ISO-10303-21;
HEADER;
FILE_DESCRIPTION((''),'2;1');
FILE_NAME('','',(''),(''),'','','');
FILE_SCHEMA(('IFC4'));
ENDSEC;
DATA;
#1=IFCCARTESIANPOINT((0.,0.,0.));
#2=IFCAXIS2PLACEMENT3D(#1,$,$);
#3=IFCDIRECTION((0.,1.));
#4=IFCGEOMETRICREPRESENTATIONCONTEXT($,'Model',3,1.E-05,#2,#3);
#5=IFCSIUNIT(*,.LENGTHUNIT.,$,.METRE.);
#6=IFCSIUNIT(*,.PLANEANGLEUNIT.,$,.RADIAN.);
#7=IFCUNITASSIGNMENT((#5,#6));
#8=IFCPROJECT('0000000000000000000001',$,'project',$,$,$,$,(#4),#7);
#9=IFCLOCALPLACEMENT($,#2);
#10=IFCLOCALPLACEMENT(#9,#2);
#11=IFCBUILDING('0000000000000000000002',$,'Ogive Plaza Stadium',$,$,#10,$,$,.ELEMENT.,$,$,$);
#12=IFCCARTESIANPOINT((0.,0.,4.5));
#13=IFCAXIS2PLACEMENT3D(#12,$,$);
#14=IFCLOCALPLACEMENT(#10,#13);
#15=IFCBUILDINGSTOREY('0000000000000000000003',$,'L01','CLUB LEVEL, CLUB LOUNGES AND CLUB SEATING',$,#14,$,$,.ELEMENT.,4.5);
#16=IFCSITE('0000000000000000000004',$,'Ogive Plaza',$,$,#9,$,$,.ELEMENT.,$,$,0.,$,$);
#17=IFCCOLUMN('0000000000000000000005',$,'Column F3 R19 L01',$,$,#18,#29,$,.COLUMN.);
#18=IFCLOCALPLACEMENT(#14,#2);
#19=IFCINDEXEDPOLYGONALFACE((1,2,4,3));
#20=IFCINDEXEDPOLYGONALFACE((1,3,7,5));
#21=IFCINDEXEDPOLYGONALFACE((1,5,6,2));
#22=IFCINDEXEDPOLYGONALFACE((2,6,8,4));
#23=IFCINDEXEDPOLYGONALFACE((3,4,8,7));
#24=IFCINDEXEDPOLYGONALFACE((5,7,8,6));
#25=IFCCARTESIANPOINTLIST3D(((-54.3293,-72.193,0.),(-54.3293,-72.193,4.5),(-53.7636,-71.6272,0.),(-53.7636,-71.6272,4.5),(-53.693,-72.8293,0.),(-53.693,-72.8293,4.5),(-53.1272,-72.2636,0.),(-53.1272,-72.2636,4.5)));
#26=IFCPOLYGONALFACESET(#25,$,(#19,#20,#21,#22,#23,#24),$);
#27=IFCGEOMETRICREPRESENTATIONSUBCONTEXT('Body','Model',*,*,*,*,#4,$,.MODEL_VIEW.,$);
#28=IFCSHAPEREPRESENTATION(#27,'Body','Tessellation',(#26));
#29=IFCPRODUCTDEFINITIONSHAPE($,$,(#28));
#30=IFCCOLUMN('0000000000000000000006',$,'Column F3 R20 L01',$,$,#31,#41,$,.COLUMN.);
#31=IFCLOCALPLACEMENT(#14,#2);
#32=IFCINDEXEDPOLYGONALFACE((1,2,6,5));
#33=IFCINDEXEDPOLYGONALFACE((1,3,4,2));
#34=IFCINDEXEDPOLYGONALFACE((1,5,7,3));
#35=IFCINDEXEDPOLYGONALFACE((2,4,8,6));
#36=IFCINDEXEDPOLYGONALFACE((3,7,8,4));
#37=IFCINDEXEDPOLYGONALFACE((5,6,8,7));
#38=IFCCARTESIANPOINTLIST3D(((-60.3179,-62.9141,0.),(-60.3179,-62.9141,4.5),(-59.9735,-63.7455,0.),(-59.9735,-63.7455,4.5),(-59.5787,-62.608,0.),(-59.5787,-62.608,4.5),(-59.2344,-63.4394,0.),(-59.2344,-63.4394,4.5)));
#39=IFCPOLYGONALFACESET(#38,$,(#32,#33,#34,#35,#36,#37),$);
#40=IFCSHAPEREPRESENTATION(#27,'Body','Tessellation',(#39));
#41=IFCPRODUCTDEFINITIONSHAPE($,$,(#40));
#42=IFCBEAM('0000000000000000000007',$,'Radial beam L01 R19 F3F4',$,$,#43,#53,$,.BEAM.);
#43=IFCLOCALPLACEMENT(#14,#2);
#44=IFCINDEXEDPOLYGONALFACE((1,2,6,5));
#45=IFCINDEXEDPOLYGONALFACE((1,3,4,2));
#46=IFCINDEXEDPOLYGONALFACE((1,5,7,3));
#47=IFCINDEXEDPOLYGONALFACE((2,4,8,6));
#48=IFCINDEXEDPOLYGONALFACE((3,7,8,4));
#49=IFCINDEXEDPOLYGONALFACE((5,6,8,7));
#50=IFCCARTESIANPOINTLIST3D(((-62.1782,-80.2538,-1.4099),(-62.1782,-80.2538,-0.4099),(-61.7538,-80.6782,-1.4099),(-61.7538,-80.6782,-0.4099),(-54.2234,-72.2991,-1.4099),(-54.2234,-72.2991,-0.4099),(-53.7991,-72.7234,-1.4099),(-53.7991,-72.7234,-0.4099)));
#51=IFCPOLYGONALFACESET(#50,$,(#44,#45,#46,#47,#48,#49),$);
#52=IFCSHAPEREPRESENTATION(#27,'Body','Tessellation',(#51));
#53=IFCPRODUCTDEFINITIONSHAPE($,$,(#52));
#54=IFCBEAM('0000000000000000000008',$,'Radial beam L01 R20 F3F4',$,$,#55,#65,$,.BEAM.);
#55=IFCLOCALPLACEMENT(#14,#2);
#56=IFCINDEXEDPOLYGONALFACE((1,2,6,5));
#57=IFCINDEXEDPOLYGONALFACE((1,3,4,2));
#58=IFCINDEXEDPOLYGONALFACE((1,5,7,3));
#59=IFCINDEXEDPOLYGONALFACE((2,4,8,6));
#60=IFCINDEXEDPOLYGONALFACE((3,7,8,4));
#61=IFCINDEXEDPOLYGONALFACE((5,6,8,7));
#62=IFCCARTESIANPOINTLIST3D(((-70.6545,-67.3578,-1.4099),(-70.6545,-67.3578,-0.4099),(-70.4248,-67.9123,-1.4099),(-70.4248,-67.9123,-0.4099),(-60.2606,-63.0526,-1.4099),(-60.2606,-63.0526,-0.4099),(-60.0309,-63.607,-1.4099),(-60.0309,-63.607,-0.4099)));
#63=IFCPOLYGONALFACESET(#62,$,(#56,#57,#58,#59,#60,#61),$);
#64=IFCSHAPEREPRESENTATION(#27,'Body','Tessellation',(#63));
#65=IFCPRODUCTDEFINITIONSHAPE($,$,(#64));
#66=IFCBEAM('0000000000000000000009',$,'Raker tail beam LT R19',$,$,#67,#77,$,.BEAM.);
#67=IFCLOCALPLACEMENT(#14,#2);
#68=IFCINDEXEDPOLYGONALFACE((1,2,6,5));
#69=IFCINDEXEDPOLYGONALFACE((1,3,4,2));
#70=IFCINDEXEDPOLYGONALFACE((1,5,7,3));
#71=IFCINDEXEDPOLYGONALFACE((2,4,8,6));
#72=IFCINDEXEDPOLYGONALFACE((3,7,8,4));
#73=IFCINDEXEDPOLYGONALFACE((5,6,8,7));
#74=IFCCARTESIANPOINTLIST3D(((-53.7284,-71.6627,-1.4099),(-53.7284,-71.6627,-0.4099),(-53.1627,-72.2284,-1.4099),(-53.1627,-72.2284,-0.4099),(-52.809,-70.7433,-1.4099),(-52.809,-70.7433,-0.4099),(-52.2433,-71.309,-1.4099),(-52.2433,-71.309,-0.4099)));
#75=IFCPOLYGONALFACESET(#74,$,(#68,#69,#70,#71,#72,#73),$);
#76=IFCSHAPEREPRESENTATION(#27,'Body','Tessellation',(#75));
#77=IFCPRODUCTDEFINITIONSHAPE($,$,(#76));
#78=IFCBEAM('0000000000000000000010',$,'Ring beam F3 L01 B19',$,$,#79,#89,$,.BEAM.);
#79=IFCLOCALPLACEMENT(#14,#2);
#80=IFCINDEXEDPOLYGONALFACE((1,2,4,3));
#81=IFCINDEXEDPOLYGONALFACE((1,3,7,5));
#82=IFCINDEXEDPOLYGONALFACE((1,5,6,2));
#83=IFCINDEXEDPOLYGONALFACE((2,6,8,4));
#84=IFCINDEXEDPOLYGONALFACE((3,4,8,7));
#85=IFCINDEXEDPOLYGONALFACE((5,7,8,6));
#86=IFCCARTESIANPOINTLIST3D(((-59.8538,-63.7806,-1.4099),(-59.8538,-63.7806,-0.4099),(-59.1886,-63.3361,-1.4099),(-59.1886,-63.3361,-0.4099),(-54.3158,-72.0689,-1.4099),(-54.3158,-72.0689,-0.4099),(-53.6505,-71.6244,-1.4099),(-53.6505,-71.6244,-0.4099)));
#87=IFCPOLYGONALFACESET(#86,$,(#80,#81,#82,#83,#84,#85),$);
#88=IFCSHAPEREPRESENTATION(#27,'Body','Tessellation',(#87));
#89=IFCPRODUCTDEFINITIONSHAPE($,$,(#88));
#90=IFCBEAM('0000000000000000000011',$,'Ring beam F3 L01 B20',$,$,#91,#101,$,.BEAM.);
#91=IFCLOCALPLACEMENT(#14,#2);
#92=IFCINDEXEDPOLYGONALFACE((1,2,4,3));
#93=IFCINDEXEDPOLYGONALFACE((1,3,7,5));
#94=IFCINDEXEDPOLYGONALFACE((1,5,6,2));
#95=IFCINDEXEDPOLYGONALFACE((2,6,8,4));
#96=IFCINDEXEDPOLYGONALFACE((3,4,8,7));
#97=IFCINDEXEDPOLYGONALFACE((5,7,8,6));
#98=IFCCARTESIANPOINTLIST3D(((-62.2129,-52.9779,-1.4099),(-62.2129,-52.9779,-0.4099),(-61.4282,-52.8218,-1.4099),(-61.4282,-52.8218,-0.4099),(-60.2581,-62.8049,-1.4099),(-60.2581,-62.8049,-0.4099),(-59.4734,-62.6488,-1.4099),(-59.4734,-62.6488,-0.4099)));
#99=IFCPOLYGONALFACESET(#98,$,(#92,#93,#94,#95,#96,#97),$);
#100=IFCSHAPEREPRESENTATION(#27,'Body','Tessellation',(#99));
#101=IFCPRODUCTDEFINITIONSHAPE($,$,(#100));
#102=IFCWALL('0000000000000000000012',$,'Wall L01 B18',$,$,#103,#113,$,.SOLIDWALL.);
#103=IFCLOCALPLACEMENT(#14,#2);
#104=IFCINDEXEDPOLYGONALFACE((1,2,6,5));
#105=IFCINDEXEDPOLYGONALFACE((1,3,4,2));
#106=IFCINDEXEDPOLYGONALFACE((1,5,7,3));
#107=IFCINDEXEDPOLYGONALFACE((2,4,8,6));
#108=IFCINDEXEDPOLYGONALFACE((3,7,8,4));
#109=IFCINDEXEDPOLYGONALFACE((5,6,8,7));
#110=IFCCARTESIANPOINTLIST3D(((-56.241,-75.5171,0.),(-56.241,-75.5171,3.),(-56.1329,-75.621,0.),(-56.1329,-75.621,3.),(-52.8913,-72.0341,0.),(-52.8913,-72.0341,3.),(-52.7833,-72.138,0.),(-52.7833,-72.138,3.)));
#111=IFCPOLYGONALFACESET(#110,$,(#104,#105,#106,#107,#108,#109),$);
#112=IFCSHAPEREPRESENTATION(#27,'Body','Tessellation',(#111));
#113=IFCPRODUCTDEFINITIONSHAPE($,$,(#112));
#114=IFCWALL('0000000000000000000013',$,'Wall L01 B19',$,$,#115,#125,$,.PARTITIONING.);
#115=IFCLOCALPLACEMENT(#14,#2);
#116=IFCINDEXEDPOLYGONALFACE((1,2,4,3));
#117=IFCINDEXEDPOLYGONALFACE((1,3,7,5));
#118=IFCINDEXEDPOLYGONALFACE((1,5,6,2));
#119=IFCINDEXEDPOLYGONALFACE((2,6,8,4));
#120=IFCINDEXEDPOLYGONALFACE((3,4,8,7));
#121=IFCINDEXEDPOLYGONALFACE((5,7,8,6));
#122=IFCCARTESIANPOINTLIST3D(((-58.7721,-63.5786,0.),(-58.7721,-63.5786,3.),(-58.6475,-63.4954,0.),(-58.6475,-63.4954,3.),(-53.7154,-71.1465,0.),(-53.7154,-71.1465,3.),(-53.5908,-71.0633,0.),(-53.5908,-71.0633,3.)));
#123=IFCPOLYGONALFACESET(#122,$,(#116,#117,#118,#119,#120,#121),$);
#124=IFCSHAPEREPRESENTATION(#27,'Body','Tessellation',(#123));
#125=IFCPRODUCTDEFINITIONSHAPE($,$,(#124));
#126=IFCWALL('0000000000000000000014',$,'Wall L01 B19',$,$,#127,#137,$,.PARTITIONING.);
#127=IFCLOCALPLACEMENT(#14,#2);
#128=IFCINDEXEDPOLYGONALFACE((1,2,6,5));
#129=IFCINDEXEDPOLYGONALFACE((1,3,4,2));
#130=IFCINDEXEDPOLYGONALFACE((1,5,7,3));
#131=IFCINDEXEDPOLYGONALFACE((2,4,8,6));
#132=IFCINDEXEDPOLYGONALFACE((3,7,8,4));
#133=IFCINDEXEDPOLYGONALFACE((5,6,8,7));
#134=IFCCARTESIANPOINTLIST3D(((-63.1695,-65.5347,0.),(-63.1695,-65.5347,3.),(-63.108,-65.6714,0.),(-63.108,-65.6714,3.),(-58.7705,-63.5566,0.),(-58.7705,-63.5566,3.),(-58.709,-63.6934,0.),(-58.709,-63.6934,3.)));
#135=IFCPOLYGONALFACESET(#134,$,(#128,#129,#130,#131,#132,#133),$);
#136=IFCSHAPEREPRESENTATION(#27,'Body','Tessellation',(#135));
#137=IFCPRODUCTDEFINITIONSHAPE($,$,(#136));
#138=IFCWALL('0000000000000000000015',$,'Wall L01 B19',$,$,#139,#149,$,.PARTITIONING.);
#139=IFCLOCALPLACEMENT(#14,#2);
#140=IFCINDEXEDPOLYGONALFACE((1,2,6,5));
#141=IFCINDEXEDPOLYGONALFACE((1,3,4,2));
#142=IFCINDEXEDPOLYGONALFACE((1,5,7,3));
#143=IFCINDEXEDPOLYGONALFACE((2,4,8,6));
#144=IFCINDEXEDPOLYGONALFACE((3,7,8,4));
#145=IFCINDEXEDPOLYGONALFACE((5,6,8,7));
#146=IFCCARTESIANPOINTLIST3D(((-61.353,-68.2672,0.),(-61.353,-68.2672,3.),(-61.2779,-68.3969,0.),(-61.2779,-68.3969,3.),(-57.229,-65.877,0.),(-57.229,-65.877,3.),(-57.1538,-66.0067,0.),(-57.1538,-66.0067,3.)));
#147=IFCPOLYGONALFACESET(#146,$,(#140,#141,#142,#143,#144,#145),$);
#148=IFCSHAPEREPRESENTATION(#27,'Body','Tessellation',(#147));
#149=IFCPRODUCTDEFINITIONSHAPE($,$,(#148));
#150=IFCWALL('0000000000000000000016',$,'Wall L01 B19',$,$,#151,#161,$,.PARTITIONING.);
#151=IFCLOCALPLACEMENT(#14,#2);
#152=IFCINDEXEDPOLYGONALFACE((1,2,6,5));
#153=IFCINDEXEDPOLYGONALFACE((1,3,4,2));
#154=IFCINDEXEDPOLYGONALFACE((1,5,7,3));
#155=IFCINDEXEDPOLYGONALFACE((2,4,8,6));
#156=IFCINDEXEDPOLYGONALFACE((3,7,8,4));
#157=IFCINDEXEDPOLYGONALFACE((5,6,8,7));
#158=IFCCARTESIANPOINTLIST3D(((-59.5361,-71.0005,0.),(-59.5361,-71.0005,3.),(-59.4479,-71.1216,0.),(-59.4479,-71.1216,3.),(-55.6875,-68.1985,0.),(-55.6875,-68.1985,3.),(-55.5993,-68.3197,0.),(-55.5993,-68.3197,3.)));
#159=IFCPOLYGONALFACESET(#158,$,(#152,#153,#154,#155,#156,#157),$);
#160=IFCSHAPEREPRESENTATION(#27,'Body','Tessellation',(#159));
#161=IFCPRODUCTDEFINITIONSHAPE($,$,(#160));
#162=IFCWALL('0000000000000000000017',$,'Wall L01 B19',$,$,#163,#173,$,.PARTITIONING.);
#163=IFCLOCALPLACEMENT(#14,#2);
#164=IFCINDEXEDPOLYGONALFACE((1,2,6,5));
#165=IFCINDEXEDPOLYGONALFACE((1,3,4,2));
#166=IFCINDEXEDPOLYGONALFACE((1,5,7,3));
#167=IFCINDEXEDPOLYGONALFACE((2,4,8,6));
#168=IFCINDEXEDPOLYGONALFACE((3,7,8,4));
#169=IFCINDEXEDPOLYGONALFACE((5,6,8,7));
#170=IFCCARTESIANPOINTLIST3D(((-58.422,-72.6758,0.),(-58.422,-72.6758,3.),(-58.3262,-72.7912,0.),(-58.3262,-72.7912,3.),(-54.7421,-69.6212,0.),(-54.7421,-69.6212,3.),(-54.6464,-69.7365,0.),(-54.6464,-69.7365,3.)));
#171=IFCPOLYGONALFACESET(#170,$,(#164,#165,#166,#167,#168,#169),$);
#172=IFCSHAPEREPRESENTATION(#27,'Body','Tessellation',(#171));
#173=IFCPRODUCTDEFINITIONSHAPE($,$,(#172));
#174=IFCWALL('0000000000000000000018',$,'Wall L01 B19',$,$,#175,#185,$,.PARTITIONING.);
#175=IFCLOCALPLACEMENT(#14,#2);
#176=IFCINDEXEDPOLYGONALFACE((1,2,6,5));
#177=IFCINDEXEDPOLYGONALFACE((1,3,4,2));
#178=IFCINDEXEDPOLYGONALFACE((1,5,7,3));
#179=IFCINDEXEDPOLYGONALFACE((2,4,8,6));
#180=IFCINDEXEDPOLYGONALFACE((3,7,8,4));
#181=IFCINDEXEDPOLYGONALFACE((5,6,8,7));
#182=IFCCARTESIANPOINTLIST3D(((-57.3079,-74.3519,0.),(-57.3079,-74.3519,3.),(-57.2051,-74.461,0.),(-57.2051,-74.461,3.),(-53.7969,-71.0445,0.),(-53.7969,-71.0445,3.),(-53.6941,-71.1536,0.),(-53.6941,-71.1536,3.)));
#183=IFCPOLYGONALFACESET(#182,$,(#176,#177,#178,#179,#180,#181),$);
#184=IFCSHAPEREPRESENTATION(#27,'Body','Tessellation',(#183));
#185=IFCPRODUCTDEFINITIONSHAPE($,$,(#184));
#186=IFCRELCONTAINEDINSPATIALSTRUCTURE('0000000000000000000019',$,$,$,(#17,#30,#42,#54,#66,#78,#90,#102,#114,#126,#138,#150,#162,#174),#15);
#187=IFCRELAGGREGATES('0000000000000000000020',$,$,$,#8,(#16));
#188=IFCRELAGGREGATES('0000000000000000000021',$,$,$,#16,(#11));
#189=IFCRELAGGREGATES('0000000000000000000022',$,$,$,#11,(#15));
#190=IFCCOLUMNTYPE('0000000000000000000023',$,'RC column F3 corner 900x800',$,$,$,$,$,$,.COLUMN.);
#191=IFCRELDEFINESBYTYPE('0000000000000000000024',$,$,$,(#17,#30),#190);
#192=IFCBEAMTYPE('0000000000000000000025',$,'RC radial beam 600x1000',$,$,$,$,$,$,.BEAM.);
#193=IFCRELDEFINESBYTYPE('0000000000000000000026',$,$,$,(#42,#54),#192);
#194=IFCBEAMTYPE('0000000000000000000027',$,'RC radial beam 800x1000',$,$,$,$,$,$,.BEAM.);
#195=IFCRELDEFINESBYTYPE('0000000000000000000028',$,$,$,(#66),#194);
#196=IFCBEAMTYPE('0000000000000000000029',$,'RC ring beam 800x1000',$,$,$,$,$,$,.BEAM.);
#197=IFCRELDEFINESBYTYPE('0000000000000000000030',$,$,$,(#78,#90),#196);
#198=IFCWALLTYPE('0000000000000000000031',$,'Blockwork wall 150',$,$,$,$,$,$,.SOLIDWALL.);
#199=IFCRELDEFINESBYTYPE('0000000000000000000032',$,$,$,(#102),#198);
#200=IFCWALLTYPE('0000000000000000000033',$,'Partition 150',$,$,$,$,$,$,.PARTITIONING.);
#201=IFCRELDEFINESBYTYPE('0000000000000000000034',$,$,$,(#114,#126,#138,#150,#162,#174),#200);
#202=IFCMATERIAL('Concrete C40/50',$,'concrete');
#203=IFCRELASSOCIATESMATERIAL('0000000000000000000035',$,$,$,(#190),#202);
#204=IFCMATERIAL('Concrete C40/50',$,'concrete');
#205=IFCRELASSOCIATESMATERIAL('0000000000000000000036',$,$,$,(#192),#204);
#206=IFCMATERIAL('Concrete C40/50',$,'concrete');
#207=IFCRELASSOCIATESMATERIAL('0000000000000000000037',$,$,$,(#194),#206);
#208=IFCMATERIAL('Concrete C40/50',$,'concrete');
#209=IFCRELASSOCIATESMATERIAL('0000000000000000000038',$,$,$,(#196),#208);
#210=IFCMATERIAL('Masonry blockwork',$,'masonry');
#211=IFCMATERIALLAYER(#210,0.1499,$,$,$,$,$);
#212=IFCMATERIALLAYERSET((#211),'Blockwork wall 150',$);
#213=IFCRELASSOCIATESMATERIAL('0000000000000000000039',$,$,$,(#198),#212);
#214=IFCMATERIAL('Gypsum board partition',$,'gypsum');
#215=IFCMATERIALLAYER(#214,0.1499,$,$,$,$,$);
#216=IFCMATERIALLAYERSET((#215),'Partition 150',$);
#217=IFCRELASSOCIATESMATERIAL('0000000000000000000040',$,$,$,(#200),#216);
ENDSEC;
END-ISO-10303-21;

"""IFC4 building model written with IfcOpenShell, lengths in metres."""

from ifc_helpers import new_model, si_unit, direction, frame, frame_2d, origin, origin_2d, place, context, subcontext, project, spatial, rectangle, extrude, material, layer, layer_set, material_profile, profile_set, type_object, element, save


model = new_model("IFC4")

# Units and contexts
model_context = context("Model", 3, precision=1e-05, world=origin(), true_north=direction((0.0, 1.0)))
body_context = subcontext(model_context, "Body", "Model", "MODEL_VIEW")
ifc_project = project(units=[si_unit("LENGTHUNIT", "METRE"), si_unit("PLANEANGLEUNIT", "RADIAN")], contexts=[model_context])

# Site, building, storey
site_placement = place(None, origin())
site = spatial("IfcSite", under=ifc_project, at=site_placement, Name="Ogive Plaza", CompositionType="ELEMENT", RefElevation=0.0)
building_placement = place(site_placement, origin())
building = spatial("IfcBuilding", under=site, at=building_placement, Name="Ogive Plaza Stadium", CompositionType="ELEMENT")
storey_placement = place(building_placement, frame((0.0, 0.0, 4.5)))
storey = spatial("IfcBuildingStorey", under=building, at=storey_placement, Name="L01", Description="CLUB LEVEL, CLUB LOUNGES AND CLUB SEATING", CompositionType="ELEMENT", Elevation=4.5)

# Columns
ifc_material_1 = material(Name="Concrete C40/50", Category="concrete")
ifc_material_profile_1 = material_profile(ifc_material_1, rectangle(XDim=0.8999, YDim=0.8, at=origin_2d()), Name="RC 900x800")
ifc_profile_set_1 = profile_set([ifc_material_profile_1], Name="Concrete C40/50")
column_type = type_object("IfcColumnType", Name="RC column F3 corner 900x800", PredefinedType="COLUMN", material=ifc_profile_set_1)
for number, where, z_axis, x_axis, name in (
    (1, (-53.7283, -72.2283, 0.0), (0.0, 0.0, 1.0), (0.707107, -0.707107, 0.0), "Column F3 R19 L01"),
    (2, (-59.7761, -63.1768, 0.0), (0.0, 0.0, 1.0), (0.382683, -0.92388, 0.0), "Column F3 R20 L01"),
):
    element("IfcColumn", number, at=place(storey_placement, frame(where, z_axis=z_axis, x_axis=x_axis)), inside=storey, type_object=column_type, Name=name, PredefinedType="COLUMN", context=body_context, shape_type="SweptSolid", body=[
        extrude(rectangle(XDim=0.8999, YDim=0.8, at=origin_2d()), origin(), (0.0, 0.0, 1.0), 4.5),
    ])

# Beams
ifc_material_2 = material(Name="Concrete C40/50", Category="concrete")
ifc_material_profile_2 = material_profile(ifc_material_2, rectangle(XDim=0.6001, YDim=1.0, at=origin_2d()), Name="RC 600x1000")
ifc_profile_set_2 = profile_set([ifc_material_profile_2], Name="Concrete C40/50")
beam_type_1 = type_object("IfcBeamType", Name="RC radial beam 600x1000", PredefinedType="BEAM", material=ifc_profile_set_2)
beam_1_placement = place(storey_placement, frame((-54.0112, -72.5112, -0.9099), z_axis=(-0.707107, -0.707107, 0.0), x_axis=(0.707107, -0.707107, 0.0)))
element("IfcBeam", 3, at=beam_1_placement, inside=storey, type_object=beam_type_1, Name="Radial beam L01 R19 F3F4", PredefinedType="BEAM", context=body_context, shape_type="SweptSolid", body=[
    extrude(rectangle(XDim=0.6001, YDim=1.0, at=origin_2d()), origin(), (0.0, 0.0, 1.0), 11.2498),
])
beam_2_placement = place(storey_placement, frame((-60.1458, -63.3298, -0.9099), z_axis=(-0.923882, -0.382678, 0.0), x_axis=(0.382678, -0.923882, 0.0)))
element("IfcBeam", 4, at=beam_2_placement, inside=storey, type_object=beam_type_1, Name="Radial beam L01 R20 F3F4", PredefinedType="BEAM", context=body_context, shape_type="SweptSolid", body=[
    extrude(rectangle(XDim=0.6001, YDim=1.0, at=origin_2d()), origin(), (0.0, 0.0, 1.0), 11.2502),
])
ifc_material_3 = material(Name="Concrete C40/50", Category="concrete")
ifc_material_profile_3 = material_profile(ifc_material_3, rectangle(XDim=0.8, YDim=1.0, at=origin_2d()), Name="RC 800x1000")
ifc_profile_set_3 = profile_set([ifc_material_profile_3], Name="Concrete C40/50")
beam_type_2 = type_object("IfcBeamType", Name="RC radial beam 800x1000", PredefinedType="BEAM", material=ifc_profile_set_3)
beam_3_placement = place(storey_placement, frame((-52.5261, -71.0261, -0.9099), z_axis=(-0.707107, -0.707107, 0.0), x_axis=(0.707107, -0.707107, 0.0)))
element("IfcBeam", 5, at=beam_3_placement, inside=storey, type_object=beam_type_2, Name="Raker tail beam LT R19", PredefinedType="BEAM", context=body_context, shape_type="SweptSolid", body=[
    extrude(rectangle(XDim=0.8, YDim=1.0, at=origin_2d()), origin(), (0.0, 0.0, 1.0), 1.3003),
])
ifc_material_4 = material(Name="Concrete C40/50", Category="concrete")
ifc_material_profile_4 = material_profile(ifc_material_4, rectangle(XDim=0.8, YDim=1.0, at=origin_2d()), Name="RC 800x1000")
ifc_profile_set_4 = profile_set([ifc_material_profile_4], Name="Concrete C40/50")
beam_type_3 = type_object("IfcBeamType", Name="RC ring beam 800x1000", PredefinedType="BEAM", material=ifc_profile_set_4)
beam_4_placement = place(storey_placement, frame((-53.9832, -71.8467, -0.9099), z_axis=(-0.55557, 0.83147, 0.0), x_axis=(-0.83147, -0.55557, 0.0)))
element("IfcBeam", 6, at=beam_4_placement, inside=storey, type_object=beam_type_3, Name="Ring beam F3 L01 B19", PredefinedType="BEAM", context=body_context, shape_type="SweptSolid", body=[
    extrude(rectangle(XDim=0.8, YDim=1.0, at=origin_2d()), origin(), (0.0, 0.0, 1.0), 9.9683),
])
beam_5_placement = place(storey_placement, frame((-59.8657, -62.7268, -0.9099), z_axis=(-0.195104, 0.980783, 0.0), x_axis=(-0.980783, -0.195104, 0.0)))
element("IfcBeam", 7, at=beam_5_placement, inside=storey, type_object=beam_type_3, Name="Ring beam F3 L01 B20", PredefinedType="BEAM", context=body_context, shape_type="SweptSolid", body=[
    extrude(rectangle(XDim=0.8, YDim=1.0, at=origin_2d()), origin(), (0.0, 0.0, 1.0), 10.0195),
])

# Walls
ifc_material_5 = material(Name="Masonry blockwork", Category="masonry")
ifc_layer_1 = layer(ifc_material_5, 0.1499)
ifc_layer_set_1 = layer_set([ifc_layer_1], Name="Blockwork wall 150")
wall_type_1 = type_object("IfcWallType", Name="Blockwork wall 150", PredefinedType="SOLIDWALL", material=ifc_layer_set_1)
wall_1_placement = place(storey_placement, frame((-52.8374, -72.0862, 0.0), z_axis=(0.0, 0.0, 1.0), x_axis=(-0.693179, -0.720765, 0.0)))
element("IfcWall", 8, at=wall_1_placement, inside=storey, type_object=wall_type_1, Name="Wall L01 B18", PredefinedType="SOLIDWALL", context=body_context, shape_type="SweptSolid", body=[
    extrude(rectangle(XDim=4.8323, YDim=0.1499, at=frame_2d((2.416, 0.0))), origin(), (0.0, 0.0, 1.0), 3.0),
])
ifc_material_6 = material(Name="Gypsum board partition", Category="gypsum")
ifc_layer_2 = layer(ifc_material_6, 0.1499)
ifc_layer_set_2 = layer_set([ifc_layer_2], Name="Partition 150")
wall_type_2 = type_object("IfcWallType", Name="Partition 150", PredefinedType="PARTITIONING", material=ifc_layer_set_2)
wall_2_placement = place(storey_placement, frame((-58.7097, -63.5371, 0.0), z_axis=(0.0, 0.0, 1.0), x_axis=(0.555566, -0.831472, 0.0)))
element("IfcWall", 9, at=wall_2_placement, inside=storey, type_object=wall_type_2, Name="Wall L01 B19", PredefinedType="PARTITIONING", context=body_context, shape_type="SweptSolid", body=[
    extrude(rectangle(XDim=9.1018, YDim=0.1499, at=frame_2d((4.5508, 0.0))), origin(), (0.0, 0.0, 1.0), 3.0),
])
wall_3_placement = place(storey_placement, frame((-58.7397, -63.625, 0.0), z_axis=(0.0, 0.0, 1.0), x_axis=(-0.912037, -0.410108, 0.0)))
element("IfcWall", 10, at=wall_3_placement, inside=storey, type_object=wall_type_2, Name="Wall L01 B19", PredefinedType="PARTITIONING", context=body_context, shape_type="SweptSolid", body=[
    extrude(rectangle(XDim=4.8232, YDim=0.1499, at=frame_2d((2.4116, 0.0))), origin(), (0.0, 0.0, 1.0), 3.0),
])
wall_4_placement = place(storey_placement, frame((-57.1914, -65.9419, 0.0), z_axis=(0.0, 0.0, 1.0), x_axis=(-0.865195, -0.501436, 0.0)))
element("IfcWall", 11, at=wall_4_placement, inside=storey, type_object=wall_type_2, Name="Wall L01 B19", PredefinedType="PARTITIONING", context=body_context, shape_type="SweptSolid", body=[
    extrude(rectangle(XDim=4.7666, YDim=0.1499, at=frame_2d((2.3833, 0.0))), origin(), (0.0, 0.0, 1.0), 3.0),
])
wall_5_placement = place(storey_placement, frame((-55.6433, -68.259, 0.0), z_axis=(0.0, 0.0, 1.0), x_axis=(-0.808437, -0.588583, 0.0)))
element("IfcWall", 12, at=wall_5_placement, inside=storey, type_object=wall_type_2, Name="Wall L01 B19", PredefinedType="PARTITIONING", context=body_context, shape_type="SweptSolid", body=[
    extrude(rectangle(XDim=4.7605, YDim=0.1499, at=frame_2d((2.3804, 0.0))), origin(), (0.0, 0.0, 1.0), 3.0),
])
wall_6_placement = place(storey_placement, frame((-54.6943, -69.679, 0.0), z_axis=(0.0, 0.0, 1.0), x_axis=(-0.769446, -0.638712, 0.0)))
element("IfcWall", 13, at=wall_6_placement, inside=storey, type_object=wall_type_2, Name="Wall L01 B19", PredefinedType="PARTITIONING", context=body_context, shape_type="SweptSolid", body=[
    extrude(rectangle(XDim=4.7825, YDim=0.1499, at=frame_2d((2.3911, 0.0))), origin(), (0.0, 0.0, 1.0), 3.0),
])
wall_7_placement = place(storey_placement, frame((-53.7456, -71.0991, 0.0), z_axis=(0.0, 0.0, 1.0), x_axis=(-0.727898, -0.685685, 0.0)))
element("IfcWall", 14, at=wall_7_placement, inside=storey, type_object=wall_type_2, Name="Wall L01 B19", PredefinedType="PARTITIONING", context=body_context, shape_type="SweptSolid", body=[
    extrude(rectangle(XDim=4.8235, YDim=0.1499, at=frame_2d((2.4116, 0.0))), origin(), (0.0, 0.0, 1.0), 3.0),
])

save(model, "model.ifc")
